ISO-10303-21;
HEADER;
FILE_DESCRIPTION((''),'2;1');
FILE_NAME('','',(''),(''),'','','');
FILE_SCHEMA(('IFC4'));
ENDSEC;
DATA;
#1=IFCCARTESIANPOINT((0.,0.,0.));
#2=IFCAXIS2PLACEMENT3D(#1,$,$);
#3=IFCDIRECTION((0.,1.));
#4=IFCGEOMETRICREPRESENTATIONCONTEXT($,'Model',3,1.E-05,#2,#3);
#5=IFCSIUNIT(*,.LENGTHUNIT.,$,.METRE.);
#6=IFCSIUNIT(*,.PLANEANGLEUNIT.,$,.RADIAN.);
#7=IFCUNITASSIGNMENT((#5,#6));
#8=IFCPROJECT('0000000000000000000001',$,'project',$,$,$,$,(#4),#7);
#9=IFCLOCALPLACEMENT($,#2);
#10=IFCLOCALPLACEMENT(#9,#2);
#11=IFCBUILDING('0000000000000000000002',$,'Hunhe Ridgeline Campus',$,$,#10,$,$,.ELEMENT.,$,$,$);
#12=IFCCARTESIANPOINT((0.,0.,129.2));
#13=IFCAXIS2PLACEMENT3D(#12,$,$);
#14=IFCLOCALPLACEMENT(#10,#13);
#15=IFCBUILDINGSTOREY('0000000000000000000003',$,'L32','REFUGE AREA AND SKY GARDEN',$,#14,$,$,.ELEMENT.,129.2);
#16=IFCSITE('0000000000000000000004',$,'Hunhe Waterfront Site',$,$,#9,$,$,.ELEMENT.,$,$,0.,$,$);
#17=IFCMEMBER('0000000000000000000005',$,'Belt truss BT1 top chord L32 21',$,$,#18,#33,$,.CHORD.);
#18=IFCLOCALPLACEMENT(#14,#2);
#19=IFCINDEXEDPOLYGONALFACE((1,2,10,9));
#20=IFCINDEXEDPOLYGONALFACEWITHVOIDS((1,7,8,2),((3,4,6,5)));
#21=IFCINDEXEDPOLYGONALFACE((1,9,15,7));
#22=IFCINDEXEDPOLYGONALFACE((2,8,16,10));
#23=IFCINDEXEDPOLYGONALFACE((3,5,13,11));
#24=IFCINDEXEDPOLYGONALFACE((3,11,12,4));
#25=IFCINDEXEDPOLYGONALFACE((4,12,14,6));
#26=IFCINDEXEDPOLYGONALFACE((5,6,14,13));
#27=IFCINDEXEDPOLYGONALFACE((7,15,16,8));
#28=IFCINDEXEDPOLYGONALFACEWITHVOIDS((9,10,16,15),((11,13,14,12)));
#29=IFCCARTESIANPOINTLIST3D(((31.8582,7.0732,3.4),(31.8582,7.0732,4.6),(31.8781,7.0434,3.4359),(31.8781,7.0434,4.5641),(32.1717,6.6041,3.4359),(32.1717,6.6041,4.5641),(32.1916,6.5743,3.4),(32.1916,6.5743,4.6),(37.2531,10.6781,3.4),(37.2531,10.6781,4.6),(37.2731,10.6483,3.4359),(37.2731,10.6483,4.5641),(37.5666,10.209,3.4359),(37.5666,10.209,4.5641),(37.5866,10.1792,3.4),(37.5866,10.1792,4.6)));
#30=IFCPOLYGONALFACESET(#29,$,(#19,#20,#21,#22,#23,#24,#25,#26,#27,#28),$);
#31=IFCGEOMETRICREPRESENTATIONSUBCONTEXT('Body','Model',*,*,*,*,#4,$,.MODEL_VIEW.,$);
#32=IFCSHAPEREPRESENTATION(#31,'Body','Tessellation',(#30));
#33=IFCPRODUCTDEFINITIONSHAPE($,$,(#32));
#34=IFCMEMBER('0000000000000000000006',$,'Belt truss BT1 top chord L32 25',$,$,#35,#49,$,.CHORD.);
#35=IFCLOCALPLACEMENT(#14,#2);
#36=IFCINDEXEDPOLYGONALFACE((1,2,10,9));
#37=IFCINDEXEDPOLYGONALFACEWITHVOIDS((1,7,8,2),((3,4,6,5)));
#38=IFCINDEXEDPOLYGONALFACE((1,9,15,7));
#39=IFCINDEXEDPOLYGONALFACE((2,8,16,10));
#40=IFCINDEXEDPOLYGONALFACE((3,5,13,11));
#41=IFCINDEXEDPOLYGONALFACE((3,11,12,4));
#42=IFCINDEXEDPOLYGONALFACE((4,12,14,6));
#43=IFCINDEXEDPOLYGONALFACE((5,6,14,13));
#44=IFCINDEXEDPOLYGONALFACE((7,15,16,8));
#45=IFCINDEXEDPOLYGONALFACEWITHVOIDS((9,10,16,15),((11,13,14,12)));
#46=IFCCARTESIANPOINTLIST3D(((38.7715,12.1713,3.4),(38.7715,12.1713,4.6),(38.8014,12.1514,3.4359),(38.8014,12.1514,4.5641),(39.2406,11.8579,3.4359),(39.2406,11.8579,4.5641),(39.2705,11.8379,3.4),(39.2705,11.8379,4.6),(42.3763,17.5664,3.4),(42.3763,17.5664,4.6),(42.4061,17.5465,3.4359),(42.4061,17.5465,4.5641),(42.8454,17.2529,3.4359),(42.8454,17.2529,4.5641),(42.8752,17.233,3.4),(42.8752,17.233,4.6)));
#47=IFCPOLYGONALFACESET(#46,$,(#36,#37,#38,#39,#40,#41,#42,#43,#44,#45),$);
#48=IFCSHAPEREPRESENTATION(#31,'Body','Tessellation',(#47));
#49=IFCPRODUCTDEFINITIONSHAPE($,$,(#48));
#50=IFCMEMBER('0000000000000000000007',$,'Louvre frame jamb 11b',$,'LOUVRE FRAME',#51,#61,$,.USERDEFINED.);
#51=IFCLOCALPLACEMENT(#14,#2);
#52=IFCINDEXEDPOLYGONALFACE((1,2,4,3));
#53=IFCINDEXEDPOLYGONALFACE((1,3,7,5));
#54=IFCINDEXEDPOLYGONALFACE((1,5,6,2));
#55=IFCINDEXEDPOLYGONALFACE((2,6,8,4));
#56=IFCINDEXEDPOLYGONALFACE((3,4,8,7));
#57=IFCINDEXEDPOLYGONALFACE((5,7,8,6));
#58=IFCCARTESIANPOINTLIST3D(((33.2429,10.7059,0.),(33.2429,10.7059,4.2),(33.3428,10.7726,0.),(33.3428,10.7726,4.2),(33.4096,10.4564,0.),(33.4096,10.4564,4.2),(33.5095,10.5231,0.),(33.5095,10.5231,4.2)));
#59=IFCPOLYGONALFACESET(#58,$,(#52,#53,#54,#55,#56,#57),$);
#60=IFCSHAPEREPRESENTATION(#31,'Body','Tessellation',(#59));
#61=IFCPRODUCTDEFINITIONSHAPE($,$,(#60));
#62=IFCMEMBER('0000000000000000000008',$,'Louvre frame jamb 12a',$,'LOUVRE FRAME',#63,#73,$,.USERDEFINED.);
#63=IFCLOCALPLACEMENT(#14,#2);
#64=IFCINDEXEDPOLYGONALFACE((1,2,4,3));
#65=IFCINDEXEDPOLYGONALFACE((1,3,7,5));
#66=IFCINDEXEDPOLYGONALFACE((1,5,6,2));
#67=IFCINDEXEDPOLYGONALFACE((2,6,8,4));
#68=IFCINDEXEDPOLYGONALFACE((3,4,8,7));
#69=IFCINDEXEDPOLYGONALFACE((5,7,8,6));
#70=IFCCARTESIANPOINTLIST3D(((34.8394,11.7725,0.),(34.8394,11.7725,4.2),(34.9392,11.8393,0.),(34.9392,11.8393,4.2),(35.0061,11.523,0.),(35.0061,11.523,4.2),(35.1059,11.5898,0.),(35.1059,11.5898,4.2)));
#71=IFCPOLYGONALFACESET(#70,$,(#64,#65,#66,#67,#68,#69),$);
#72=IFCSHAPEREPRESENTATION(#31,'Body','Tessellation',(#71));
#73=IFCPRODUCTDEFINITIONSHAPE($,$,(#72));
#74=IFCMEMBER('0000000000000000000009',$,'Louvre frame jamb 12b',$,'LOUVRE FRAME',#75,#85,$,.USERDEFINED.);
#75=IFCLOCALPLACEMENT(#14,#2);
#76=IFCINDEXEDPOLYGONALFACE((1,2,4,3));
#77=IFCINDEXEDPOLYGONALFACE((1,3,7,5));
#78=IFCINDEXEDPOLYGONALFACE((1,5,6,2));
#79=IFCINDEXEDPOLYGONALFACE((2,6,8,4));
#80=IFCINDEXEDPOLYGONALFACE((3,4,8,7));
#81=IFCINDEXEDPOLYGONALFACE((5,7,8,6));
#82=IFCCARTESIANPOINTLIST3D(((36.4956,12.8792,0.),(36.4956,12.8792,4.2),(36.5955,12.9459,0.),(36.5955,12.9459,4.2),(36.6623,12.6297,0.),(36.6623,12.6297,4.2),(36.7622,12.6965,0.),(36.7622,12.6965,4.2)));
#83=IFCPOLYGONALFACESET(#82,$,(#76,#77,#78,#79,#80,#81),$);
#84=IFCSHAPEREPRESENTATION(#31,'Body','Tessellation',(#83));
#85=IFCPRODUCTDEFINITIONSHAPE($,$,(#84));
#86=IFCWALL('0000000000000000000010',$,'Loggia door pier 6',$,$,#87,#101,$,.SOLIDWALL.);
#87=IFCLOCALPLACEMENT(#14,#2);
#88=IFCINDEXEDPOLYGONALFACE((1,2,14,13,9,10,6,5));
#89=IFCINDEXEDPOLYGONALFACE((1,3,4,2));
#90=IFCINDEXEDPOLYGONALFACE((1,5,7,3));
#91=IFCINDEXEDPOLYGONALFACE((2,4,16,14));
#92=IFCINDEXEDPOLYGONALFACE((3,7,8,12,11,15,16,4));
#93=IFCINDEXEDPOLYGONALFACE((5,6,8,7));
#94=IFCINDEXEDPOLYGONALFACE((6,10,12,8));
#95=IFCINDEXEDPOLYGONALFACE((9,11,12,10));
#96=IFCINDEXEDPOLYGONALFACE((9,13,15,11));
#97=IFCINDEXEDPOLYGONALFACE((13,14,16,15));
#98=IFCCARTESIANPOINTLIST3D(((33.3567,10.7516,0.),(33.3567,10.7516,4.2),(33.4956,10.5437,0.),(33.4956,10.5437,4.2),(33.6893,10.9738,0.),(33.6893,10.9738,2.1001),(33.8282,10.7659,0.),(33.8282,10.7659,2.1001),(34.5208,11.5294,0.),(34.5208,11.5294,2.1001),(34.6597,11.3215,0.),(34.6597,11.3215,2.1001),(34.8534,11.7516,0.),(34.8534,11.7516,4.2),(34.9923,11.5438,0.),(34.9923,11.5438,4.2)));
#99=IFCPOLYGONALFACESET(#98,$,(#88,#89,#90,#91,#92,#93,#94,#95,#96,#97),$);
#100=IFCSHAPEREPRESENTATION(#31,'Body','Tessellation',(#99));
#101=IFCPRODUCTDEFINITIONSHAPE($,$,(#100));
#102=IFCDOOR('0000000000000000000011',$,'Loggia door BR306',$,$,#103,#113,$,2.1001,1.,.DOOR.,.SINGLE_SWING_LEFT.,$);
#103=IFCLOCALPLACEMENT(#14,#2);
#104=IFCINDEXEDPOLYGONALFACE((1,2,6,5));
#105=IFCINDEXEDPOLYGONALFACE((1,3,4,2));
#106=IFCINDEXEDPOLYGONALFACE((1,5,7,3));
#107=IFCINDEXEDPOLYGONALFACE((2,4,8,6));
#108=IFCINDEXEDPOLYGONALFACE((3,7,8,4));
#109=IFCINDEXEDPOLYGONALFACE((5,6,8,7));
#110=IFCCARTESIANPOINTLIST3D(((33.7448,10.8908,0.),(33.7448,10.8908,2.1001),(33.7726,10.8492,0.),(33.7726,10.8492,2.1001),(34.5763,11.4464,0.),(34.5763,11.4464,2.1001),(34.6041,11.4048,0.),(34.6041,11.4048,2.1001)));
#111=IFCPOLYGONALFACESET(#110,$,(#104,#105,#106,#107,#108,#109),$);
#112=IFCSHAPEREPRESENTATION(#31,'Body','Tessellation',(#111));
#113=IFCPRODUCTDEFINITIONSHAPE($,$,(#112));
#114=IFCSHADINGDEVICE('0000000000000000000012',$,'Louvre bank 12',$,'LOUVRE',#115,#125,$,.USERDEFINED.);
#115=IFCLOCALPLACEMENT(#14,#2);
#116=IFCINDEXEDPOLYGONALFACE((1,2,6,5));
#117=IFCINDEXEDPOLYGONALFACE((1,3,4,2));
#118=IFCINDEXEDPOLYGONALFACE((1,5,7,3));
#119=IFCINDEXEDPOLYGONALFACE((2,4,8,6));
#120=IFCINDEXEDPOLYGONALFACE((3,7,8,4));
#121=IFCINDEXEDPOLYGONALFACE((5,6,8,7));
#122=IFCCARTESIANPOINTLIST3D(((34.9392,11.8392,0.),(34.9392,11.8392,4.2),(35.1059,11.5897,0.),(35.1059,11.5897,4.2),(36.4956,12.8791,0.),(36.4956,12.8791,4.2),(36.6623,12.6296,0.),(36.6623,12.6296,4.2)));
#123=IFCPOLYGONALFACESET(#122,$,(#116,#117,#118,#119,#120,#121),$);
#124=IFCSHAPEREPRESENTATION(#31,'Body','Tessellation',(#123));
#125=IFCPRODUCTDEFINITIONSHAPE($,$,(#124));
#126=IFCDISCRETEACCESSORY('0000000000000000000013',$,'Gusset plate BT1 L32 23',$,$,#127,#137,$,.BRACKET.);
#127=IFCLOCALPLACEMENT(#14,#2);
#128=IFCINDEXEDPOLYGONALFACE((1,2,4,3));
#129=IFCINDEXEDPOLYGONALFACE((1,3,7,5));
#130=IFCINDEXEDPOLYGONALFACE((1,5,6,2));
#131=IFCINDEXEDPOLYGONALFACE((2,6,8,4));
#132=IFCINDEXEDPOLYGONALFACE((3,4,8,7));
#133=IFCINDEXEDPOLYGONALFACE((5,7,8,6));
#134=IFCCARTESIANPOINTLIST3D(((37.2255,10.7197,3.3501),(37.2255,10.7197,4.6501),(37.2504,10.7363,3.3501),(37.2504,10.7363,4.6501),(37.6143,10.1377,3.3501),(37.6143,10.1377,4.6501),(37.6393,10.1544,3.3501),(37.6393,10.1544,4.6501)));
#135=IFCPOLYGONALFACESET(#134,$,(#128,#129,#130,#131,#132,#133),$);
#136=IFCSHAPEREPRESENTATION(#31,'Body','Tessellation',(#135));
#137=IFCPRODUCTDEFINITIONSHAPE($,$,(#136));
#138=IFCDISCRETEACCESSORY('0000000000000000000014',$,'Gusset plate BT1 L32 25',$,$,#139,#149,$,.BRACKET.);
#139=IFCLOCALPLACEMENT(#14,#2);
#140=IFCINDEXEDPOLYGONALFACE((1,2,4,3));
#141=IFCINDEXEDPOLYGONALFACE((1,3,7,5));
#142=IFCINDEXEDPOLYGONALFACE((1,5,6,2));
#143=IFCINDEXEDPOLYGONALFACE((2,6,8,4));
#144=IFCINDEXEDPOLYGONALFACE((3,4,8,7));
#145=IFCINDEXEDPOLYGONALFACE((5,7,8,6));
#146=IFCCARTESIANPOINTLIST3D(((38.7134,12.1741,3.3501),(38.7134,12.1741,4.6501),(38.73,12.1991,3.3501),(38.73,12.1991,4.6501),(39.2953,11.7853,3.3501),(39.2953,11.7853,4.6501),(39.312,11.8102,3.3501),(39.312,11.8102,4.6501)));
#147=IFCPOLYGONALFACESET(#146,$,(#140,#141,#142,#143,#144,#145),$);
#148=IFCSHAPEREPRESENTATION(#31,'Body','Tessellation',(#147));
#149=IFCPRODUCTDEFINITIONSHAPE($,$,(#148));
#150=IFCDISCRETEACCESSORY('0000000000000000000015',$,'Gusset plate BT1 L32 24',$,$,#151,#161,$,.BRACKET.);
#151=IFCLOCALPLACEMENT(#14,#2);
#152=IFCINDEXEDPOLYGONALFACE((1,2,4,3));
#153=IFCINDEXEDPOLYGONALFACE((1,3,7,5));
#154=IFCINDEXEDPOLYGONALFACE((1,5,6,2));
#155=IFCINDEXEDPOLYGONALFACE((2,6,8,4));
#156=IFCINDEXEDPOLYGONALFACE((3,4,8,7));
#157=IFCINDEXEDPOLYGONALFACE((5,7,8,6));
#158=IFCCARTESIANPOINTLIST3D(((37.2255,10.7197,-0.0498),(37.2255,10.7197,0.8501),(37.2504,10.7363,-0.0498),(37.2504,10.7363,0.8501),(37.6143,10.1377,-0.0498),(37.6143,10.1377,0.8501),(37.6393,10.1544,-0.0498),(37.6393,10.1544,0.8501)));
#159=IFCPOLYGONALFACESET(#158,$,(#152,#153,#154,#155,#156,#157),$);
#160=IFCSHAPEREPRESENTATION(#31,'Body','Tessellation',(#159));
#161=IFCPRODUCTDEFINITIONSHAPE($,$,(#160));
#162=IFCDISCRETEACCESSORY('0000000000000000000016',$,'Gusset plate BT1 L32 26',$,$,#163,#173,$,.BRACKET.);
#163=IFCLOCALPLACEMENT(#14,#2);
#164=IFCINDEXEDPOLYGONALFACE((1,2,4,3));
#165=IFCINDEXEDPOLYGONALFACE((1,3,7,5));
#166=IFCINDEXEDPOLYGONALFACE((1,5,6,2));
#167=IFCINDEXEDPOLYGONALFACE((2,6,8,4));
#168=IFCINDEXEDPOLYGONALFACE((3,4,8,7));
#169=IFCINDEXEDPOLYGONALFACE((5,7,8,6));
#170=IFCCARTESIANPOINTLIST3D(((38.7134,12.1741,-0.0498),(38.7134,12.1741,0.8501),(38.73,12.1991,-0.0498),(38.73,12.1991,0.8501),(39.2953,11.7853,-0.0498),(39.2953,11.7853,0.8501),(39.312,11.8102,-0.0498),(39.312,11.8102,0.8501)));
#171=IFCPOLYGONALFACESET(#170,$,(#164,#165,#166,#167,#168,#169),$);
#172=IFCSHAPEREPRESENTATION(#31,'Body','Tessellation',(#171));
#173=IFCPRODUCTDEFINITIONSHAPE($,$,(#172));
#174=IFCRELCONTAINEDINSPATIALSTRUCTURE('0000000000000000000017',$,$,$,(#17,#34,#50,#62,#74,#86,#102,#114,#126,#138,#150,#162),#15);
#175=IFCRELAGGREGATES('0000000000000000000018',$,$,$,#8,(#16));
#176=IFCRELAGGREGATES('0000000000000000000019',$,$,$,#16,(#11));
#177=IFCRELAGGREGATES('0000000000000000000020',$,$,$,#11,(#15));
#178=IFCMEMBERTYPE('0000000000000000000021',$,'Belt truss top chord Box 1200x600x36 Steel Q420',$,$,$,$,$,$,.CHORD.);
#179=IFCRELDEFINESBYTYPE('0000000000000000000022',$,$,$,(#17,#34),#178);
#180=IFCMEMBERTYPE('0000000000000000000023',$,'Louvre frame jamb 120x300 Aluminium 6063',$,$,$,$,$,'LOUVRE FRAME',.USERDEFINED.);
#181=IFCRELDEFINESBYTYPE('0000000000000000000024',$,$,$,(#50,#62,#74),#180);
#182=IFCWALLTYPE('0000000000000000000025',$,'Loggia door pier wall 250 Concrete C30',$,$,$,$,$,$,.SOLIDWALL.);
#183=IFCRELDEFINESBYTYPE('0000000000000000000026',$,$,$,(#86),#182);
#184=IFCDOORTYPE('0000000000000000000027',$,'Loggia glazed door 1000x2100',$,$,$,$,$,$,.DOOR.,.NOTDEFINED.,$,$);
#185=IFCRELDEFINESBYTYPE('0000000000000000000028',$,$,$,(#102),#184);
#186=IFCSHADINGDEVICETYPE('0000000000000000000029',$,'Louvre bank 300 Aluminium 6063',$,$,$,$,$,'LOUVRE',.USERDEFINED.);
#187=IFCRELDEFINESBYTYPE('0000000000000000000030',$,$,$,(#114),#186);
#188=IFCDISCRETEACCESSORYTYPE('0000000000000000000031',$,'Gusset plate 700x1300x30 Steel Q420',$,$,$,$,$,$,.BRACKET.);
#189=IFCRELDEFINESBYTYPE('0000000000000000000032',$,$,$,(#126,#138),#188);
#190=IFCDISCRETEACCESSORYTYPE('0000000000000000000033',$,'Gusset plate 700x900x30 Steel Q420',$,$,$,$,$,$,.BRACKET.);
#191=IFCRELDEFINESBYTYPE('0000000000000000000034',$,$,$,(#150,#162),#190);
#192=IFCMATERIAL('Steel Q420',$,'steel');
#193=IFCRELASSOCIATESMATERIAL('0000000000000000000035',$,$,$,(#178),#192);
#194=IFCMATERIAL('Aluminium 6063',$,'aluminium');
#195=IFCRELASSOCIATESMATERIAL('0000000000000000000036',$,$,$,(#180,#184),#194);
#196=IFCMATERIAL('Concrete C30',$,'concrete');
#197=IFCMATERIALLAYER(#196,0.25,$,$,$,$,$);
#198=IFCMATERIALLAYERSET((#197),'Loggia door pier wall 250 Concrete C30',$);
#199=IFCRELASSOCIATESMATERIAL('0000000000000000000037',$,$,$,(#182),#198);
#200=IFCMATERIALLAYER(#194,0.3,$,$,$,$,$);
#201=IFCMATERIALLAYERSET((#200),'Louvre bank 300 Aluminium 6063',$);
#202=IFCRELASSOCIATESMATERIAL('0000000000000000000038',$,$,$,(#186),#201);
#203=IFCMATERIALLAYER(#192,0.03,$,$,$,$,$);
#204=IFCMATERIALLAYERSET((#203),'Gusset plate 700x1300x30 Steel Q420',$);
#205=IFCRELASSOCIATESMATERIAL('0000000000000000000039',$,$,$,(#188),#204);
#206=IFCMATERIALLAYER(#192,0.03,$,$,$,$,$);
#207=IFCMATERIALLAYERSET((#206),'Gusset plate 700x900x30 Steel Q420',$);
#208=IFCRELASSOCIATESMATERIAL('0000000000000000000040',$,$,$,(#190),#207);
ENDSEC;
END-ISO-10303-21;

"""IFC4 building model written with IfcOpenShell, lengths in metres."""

from ifc_helpers import new_model, si_unit, direction, frame, frame_2d, origin, origin_2d, place, context, subcontext, project, spatial, rectangle, hollow_rectangle, extrude, material, layer, layer_set, material_profile, profile_set, type_object, element, fill, save


model = new_model("IFC4")

# Units and contexts
model_context = context("Model", 3, precision=1e-05, world=origin(), true_north=direction((0.0, 1.0)))
body_context = subcontext(model_context, "Body", "Model", "MODEL_VIEW")
ifc_project = project(units=[si_unit("LENGTHUNIT", "METRE"), si_unit("PLANEANGLEUNIT", "RADIAN")], contexts=[model_context])

# Site, building, storey
site_placement = place(None, origin())
site = spatial("IfcSite", under=ifc_project, at=site_placement, Name="Hunhe Waterfront Site", CompositionType="ELEMENT", RefElevation=0.0)
building_placement = place(site_placement, origin())
building = spatial("IfcBuilding", under=site, at=building_placement, Name="Hunhe Ridgeline Campus", CompositionType="ELEMENT")
storey_placement = place(building_placement, frame((0.0, 0.0, 129.2)))
storey = spatial("IfcBuildingStorey", under=building, at=storey_placement, Name="L32", Description="REFUGE AREA AND SKY GARDEN", CompositionType="ELEMENT", Elevation=129.2)

# Members
ifc_material_1 = material(Name="Steel Q420", Category="steel")
ifc_material_profile_1 = material_profile(ifc_material_1, hollow_rectangle(XDim=0.6001, YDim=1.2, WallThickness=0.0359, at=origin_2d()))
ifc_profile_set_1 = profile_set([ifc_material_profile_1], Name="Steel Q420")
member_type_1 = type_object("IfcMemberType", Name="Belt truss top chord Box 1200x600x36 Steel Q420", PredefinedType="CHORD", material=ifc_profile_set_1)
for number, where, z_axis, x_axis, name in (
    (1, (32.0249, 6.8237, 4.0), (0.831459, 0.555586, 0.0), (-0.555586, 0.831459, 0.0), "Belt truss BT1 top chord L32 21"),
    (2, (39.021, 12.0046, 4.0), (0.55556, 0.831477, 0.0), (-0.831477, 0.55556, 0.0), "Belt truss BT1 top chord L32 25"),
):
    element("IfcMember", number, at=place(storey_placement, frame(where, z_axis=z_axis, x_axis=x_axis)), inside=storey, type_object=member_type_1, Name=name, PredefinedType="CHORD", context=body_context, shape_type="SweptSolid", body=[
        extrude(hollow_rectangle(XDim=0.6001, YDim=1.2, WallThickness=0.0359, at=origin_2d()), origin(), (0.0, 0.0, 1.0), 6.4885),
    ])
ifc_material_2 = material(Name="Aluminium 6063", Category="aluminium")
ifc_material_profile_2 = material_profile(ifc_material_2, rectangle(XDim=0.3, YDim=0.1201, at=origin_2d()))
ifc_profile_set_2 = profile_set([ifc_material_profile_2], Name="Aluminium 6063")
member_type_2 = type_object("IfcMemberType", Name="Louvre frame jamb 120x300 Aluminium 6063", ElementType="LOUVRE FRAME", PredefinedType="USERDEFINED", material=ifc_profile_set_2)
for number, where, z_axis, x_axis, name in (
    (3, (33.3762, 10.6145, 0.0), (0.0, 0.0, 1.0), (-0.55557, 0.83147, 0.0), "Louvre frame jamb 11b"),
    (4, (34.9727, 11.6812, 0.0), (0.0, 0.0, 1.0), (-0.55557, 0.83147, 0.0), "Louvre frame jamb 12a"),
    (5, (36.6289, 12.7878, 0.0), (0.0, 0.0, 1.0), (-0.55557, 0.83147, 0.0), "Louvre frame jamb 12b"),
):
    element("IfcMember", number, at=place(storey_placement, frame(where, z_axis=z_axis, x_axis=x_axis)), inside=storey, type_object=member_type_2, Name=name, ObjectType="LOUVRE FRAME", PredefinedType="USERDEFINED", context=body_context, shape_type="SweptSolid", body=[
        extrude(rectangle(XDim=0.3, YDim=0.1201, at=origin_2d()), origin(), (0.0, 0.0, 1.0), 4.2),
    ])

# Wall, opening, door
ifc_material_3 = material(Name="Concrete C30", Category="concrete")
ifc_layer_1 = layer(ifc_material_3, 0.25)
ifc_layer_set_1 = layer_set([ifc_layer_1], Name="Loggia door pier wall 250 Concrete C30")
wall_type = type_object("IfcWallType", Name="Loggia door pier wall 250 Concrete C30", PredefinedType="SOLIDWALL", material=ifc_layer_set_1)
wall_placement = place(storey_placement, frame((33.4263, 10.6477, 0.0), z_axis=(0.0, 0.0, 1.0), x_axis=(0.831466, 0.555576, 0.0)))
wall = element("IfcWall", 6, at=wall_placement, inside=storey, type_object=wall_type, Name="Loggia door pier 6", PredefinedType="SOLIDWALL", context=body_context, shape_type="SweptSolid", body=[
    extrude(rectangle(XDim=1.8, YDim=0.25, at=frame_2d((0.8999, 0.0))), origin(), (0.0, 0.0, 1.0), 4.2),
])
opening_placement = place(wall_placement, frame((0.3999, 0.0, 0.0)))
opening = element("IfcOpeningElement", 7, at=opening_placement, cuts=wall, PredefinedType="OPENING", context=body_context, shape_type="SweptSolid", body=[
    extrude(rectangle(XDim=1.0, YDim=2.1001, at=frame_2d((0.5, 1.05))), frame((0.0, 0.125, 0.0), z_axis=(0.0, -1.0, 0.0), x_axis=(1.0, 0.0, 0.0)), (0.0, 0.0, 1.0), 0.25),
])
door_type = type_object("IfcDoorType", Name="Loggia glazed door 1000x2100", OperationType="NOTDEFINED", PredefinedType="DOOR", material=ifc_material_2)
door_placement = place(opening_placement, frame((1.0, 0.0, 0.0), z_axis=(0.0, 0.0, 1.0), x_axis=(-1.0, 0.0, 0.0)))
door = element("IfcDoor", 8, at=door_placement, inside=storey, type_object=door_type, Name="Loggia door BR306", OperationType="SINGLE_SWING_LEFT", OverallHeight=2.1001, OverallWidth=1.0, PredefinedType="DOOR", context=body_context, shape_type="SweptSolid", body=[
    extrude(rectangle(XDim=1.0, YDim=2.1001, at=frame_2d((0.5, 1.05))), frame((0.0, 0.0249, 0.0), z_axis=(0.0, -1.0, 0.0), x_axis=(1.0, 0.0, 0.0)), (0.0, 0.0, 1.0), 0.05),
])
fill(opening, door)

# Shading device
ifc_layer_2 = layer(ifc_material_2, 0.3)
ifc_layer_set_2 = layer_set([ifc_layer_2], Name="Louvre bank 300 Aluminium 6063")
shading_device_type = type_object("IfcShadingDeviceType", Name="Louvre bank 300 Aluminium 6063", ElementType="LOUVRE", PredefinedType="USERDEFINED", material=ifc_layer_set_2)
shading_device_placement = place(storey_placement, frame((35.8008, 12.2344, 0.0), z_axis=(0.0, 0.0, 1.0), x_axis=(0.83147, 0.55557, 0.0)))
element("IfcShadingDevice", 9, at=shading_device_placement, inside=storey, type_object=shading_device_type, Name="Louvre bank 12", ObjectType="LOUVRE", PredefinedType="USERDEFINED", context=body_context, shape_type="SweptSolid", body=[
    extrude(rectangle(XDim=1.8718, YDim=0.3, at=origin_2d()), origin(), (0.0, 0.0, 1.0), 4.2),
])

# Discrete accessories
ifc_layer_3 = layer(ifc_material_1, 0.03)
ifc_layer_set_3 = layer_set([ifc_layer_3], Name="Gusset plate 700x1300x30 Steel Q420")
discrete_accessory_type_1 = type_object("IfcDiscreteAccessoryType", Name="Gusset plate 700x1300x30 Steel Q420", PredefinedType="BRACKET", material=ifc_layer_set_3)
for number, where, z_axis, x_axis, name in (
    (10, (37.4324, 10.437, 3.3501), (0.0, 0.0, 1.0), (0.83147, 0.55557, 0.0), "Gusset plate BT1 L32 23"),
    (11, (39.0127, 11.9922, 3.3501), (0.0, 0.0, 1.0), (-0.55557, -0.83147, 0.0), "Gusset plate BT1 L32 25"),
):
    element("IfcDiscreteAccessory", number, at=place(storey_placement, frame(where, z_axis=z_axis, x_axis=x_axis)), inside=storey, type_object=discrete_accessory_type_1, Name=name, PredefinedType="BRACKET", context=body_context, shape_type="SweptSolid", body=[
        extrude(rectangle(XDim=0.03, YDim=0.7, at=origin_2d()), origin(), (0.0, 0.0, 1.0), 1.3),
    ])
ifc_layer_4 = layer(ifc_material_1, 0.03)
ifc_layer_set_4 = layer_set([ifc_layer_4], Name="Gusset plate 700x900x30 Steel Q420")
discrete_accessory_type_2 = type_object("IfcDiscreteAccessoryType", Name="Gusset plate 700x900x30 Steel Q420", PredefinedType="BRACKET", material=ifc_layer_set_4)
for number, where, z_axis, x_axis, name in (
    (12, (37.4324, 10.437, -0.0498), (0.0, 0.0, 1.0), (0.83147, 0.55557, 0.0), "Gusset plate BT1 L32 24"),
    (13, (39.0127, 11.9922, -0.0498), (0.0, 0.0, 1.0), (-0.55557, -0.83147, 0.0), "Gusset plate BT1 L32 26"),
):
    element("IfcDiscreteAccessory", number, at=place(storey_placement, frame(where, z_axis=z_axis, x_axis=x_axis)), inside=storey, type_object=discrete_accessory_type_2, Name=name, PredefinedType="BRACKET", context=body_context, shape_type="SweptSolid", body=[
        extrude(rectangle(XDim=0.03, YDim=0.7, at=origin_2d()), origin(), (0.0, 0.0, 1.0), 0.8999),
    ])

save(model, "model.ifc")
